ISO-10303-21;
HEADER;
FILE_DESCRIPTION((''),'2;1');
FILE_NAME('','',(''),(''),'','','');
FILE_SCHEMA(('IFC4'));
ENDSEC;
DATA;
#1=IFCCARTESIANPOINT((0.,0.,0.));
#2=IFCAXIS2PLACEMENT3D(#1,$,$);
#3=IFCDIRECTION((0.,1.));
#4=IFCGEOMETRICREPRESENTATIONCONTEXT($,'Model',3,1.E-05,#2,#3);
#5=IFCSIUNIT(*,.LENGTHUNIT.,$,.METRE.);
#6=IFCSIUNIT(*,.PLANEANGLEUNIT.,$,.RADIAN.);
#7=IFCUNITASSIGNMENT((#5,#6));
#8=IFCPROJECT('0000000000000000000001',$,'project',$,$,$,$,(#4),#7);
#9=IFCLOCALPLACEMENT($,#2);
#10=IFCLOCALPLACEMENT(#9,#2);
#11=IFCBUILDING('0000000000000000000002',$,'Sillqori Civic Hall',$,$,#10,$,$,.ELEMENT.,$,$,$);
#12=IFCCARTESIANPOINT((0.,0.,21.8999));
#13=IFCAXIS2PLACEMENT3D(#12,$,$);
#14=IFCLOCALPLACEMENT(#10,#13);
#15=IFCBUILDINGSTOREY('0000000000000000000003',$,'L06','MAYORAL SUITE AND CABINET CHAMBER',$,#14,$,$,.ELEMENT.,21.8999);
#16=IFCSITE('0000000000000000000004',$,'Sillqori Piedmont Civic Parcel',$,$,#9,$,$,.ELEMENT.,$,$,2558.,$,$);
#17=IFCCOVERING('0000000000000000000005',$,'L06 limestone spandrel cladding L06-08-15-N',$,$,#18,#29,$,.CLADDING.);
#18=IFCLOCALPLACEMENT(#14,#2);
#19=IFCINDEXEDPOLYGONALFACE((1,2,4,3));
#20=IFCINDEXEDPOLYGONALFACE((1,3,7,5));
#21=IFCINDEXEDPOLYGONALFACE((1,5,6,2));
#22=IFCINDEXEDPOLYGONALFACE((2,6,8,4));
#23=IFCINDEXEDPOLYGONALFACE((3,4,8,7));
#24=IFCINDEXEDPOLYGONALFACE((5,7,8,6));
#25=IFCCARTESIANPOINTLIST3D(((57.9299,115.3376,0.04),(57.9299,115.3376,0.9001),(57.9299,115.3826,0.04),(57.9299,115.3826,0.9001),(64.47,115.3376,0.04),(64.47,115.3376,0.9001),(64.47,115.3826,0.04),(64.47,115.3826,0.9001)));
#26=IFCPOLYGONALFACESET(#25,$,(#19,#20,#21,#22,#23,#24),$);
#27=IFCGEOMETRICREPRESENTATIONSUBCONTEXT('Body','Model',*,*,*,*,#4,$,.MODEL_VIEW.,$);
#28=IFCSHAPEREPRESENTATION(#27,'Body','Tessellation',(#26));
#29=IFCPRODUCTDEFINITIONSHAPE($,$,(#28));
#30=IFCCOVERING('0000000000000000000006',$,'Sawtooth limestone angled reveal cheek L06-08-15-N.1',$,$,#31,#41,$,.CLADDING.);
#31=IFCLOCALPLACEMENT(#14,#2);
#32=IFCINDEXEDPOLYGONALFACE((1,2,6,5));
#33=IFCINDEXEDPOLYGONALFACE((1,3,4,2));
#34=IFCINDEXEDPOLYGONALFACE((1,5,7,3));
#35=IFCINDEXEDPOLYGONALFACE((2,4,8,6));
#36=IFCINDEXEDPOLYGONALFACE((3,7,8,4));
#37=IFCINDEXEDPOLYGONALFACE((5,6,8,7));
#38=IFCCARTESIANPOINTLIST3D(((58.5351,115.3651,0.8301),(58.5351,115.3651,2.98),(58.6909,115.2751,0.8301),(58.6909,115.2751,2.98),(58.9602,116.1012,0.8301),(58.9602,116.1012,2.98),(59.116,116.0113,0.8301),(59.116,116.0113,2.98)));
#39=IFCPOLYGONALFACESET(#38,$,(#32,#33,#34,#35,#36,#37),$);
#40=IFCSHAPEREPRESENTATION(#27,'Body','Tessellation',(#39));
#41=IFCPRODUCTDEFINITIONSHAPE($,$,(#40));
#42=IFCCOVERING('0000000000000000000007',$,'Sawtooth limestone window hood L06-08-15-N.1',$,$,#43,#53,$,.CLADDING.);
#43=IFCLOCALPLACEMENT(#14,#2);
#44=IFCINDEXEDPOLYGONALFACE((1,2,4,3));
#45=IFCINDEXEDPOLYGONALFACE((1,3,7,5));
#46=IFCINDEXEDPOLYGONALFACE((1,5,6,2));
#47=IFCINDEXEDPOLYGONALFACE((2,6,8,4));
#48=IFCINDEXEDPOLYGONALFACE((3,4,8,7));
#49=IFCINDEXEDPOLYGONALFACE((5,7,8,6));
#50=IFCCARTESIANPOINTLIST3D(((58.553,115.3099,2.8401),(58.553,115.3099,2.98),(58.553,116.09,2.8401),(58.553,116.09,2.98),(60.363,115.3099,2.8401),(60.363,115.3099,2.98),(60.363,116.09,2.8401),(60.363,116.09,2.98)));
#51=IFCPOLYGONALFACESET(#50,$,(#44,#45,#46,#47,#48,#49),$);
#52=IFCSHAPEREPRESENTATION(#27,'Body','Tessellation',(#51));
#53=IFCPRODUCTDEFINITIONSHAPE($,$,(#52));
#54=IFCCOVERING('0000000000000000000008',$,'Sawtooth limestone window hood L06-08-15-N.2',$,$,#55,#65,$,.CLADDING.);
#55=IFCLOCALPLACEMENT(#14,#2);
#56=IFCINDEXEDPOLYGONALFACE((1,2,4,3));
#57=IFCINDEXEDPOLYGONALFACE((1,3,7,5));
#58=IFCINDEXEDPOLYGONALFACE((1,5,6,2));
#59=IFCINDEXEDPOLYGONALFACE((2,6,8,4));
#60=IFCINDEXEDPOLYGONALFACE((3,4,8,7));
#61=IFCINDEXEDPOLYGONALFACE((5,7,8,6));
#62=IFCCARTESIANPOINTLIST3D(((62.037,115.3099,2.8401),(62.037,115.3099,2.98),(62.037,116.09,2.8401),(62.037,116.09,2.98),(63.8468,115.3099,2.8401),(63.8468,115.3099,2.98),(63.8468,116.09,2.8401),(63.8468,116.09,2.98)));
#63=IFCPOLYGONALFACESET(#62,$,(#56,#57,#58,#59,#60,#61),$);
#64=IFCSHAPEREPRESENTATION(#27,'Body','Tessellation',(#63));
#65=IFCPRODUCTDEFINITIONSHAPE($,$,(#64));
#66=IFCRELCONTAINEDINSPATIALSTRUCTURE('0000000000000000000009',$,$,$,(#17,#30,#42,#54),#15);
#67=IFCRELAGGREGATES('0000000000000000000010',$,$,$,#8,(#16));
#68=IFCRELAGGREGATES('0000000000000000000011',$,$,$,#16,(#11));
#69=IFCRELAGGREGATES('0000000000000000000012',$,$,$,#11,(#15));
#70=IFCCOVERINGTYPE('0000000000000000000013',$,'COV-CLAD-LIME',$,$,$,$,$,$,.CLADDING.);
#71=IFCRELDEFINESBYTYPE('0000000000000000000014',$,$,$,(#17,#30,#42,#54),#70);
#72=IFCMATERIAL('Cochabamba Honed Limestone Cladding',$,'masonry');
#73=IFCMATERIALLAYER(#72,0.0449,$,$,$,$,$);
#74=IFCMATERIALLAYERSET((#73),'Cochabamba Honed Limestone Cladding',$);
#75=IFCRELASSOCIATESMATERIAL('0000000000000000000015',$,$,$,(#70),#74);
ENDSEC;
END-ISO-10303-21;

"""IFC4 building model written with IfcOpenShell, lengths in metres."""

from ifc_helpers import new_model, si_unit, direction, frame, frame_2d, origin, place, context, subcontext, project, spatial, rectangle, extrude, material, layer, layer_set, type_object, element, save


model = new_model("IFC4")

# Units and contexts
model_context = context("Model", 3, precision=1e-05, world=origin(), true_north=direction((0.0, 1.0)))
body_context = subcontext(model_context, "Body", "Model", "MODEL_VIEW")
ifc_project = project(units=[si_unit("LENGTHUNIT", "METRE"), si_unit("PLANEANGLEUNIT", "RADIAN")], contexts=[model_context])

# Site, building, storey
site_placement = place(None, origin())
site = spatial("IfcSite", under=ifc_project, at=site_placement, Name="Sillqori Piedmont Civic Parcel", CompositionType="ELEMENT", RefElevation=2558.0)
building_placement = place(site_placement, origin())
building = spatial("IfcBuilding", under=site, at=building_placement, Name="Sillqori Civic Hall", CompositionType="ELEMENT")
storey_placement = place(building_placement, frame((0.0, 0.0, 21.8999)))
storey = spatial("IfcBuildingStorey", under=building, at=storey_placement, Name="L06", Description="MAYORAL SUITE AND CABINET CHAMBER", CompositionType="ELEMENT", Elevation=21.8999)

# Coverings
ifc_material_1 = material(Name="Cochabamba Honed Limestone Cladding", Category="masonry")
ifc_layer_1 = layer(ifc_material_1, 0.0449)
ifc_layer_set_1 = layer_set([ifc_layer_1], Name="Cochabamba Honed Limestone Cladding")
covering_type = type_object("IfcCoveringType", Name="COV-CLAD-LIME", PredefinedType="CLADDING", material=ifc_layer_set_1)
covering_1_placement = place(storey_placement, frame((57.9299, 115.3601, 0.04), z_axis=(0.0, 0.0, 1.0), x_axis=(1.0, 0.0, 0.0)))
element("IfcCovering", 1, at=covering_1_placement, inside=storey, type_object=covering_type, Name="L06 limestone spandrel cladding L06-08-15-N", PredefinedType="CLADDING", context=body_context, shape_type="SweptSolid", body=[
    extrude(rectangle(XDim=6.54, YDim=0.0449, at=frame_2d((3.27, 0.0))), origin(), (0.0, 0.0, 1.0), 0.8601),
])
covering_2_placement = place(storey_placement, frame((58.613, 115.3201, 0.8301), z_axis=(0.0, 0.0, 1.0), x_axis=(0.500062, 0.865989, 0.0)))
element("IfcCovering", 2, at=covering_2_placement, inside=storey, type_object=covering_type, Name="Sawtooth limestone angled reveal cheek L06-08-15-N.1", PredefinedType="CLADDING", context=body_context, shape_type="SweptSolid", body=[
    extrude(rectangle(XDim=0.8501, YDim=0.1799, at=frame_2d((0.425, 0.0))), origin(), (0.0, 0.0, 1.0), 2.1499),
])
covering_3_placement = place(storey_placement, frame((58.553, 115.7, 2.8401), z_axis=(0.0, 0.0, 1.0), x_axis=(1.0, 0.0, 0.0)))
element("IfcCovering", 3, at=covering_3_placement, inside=storey, type_object=covering_type, Name="Sawtooth limestone window hood L06-08-15-N.1", PredefinedType="CLADDING", context=body_context, shape_type="SweptSolid", body=[
    extrude(rectangle(XDim=1.8101, YDim=0.78, at=frame_2d((0.905, 0.0))), origin(), (0.0, 0.0, 1.0), 0.1399),
])
covering_4_placement = place(storey_placement, frame((62.0371, 115.7, 2.8401), z_axis=(0.0, 0.0, 1.0), x_axis=(1.0, 0.0, 0.0)))
element("IfcCovering", 4, at=covering_4_placement, inside=storey, type_object=covering_type, Name="Sawtooth limestone window hood L06-08-15-N.2", PredefinedType="CLADDING", context=body_context, shape_type="SweptSolid", body=[
    extrude(rectangle(XDim=1.8098, YDim=0.78, at=frame_2d((0.9048, 0.0))), origin(), (0.0, 0.0, 1.0), 0.1399),
])

save(model, "model.ifc")
